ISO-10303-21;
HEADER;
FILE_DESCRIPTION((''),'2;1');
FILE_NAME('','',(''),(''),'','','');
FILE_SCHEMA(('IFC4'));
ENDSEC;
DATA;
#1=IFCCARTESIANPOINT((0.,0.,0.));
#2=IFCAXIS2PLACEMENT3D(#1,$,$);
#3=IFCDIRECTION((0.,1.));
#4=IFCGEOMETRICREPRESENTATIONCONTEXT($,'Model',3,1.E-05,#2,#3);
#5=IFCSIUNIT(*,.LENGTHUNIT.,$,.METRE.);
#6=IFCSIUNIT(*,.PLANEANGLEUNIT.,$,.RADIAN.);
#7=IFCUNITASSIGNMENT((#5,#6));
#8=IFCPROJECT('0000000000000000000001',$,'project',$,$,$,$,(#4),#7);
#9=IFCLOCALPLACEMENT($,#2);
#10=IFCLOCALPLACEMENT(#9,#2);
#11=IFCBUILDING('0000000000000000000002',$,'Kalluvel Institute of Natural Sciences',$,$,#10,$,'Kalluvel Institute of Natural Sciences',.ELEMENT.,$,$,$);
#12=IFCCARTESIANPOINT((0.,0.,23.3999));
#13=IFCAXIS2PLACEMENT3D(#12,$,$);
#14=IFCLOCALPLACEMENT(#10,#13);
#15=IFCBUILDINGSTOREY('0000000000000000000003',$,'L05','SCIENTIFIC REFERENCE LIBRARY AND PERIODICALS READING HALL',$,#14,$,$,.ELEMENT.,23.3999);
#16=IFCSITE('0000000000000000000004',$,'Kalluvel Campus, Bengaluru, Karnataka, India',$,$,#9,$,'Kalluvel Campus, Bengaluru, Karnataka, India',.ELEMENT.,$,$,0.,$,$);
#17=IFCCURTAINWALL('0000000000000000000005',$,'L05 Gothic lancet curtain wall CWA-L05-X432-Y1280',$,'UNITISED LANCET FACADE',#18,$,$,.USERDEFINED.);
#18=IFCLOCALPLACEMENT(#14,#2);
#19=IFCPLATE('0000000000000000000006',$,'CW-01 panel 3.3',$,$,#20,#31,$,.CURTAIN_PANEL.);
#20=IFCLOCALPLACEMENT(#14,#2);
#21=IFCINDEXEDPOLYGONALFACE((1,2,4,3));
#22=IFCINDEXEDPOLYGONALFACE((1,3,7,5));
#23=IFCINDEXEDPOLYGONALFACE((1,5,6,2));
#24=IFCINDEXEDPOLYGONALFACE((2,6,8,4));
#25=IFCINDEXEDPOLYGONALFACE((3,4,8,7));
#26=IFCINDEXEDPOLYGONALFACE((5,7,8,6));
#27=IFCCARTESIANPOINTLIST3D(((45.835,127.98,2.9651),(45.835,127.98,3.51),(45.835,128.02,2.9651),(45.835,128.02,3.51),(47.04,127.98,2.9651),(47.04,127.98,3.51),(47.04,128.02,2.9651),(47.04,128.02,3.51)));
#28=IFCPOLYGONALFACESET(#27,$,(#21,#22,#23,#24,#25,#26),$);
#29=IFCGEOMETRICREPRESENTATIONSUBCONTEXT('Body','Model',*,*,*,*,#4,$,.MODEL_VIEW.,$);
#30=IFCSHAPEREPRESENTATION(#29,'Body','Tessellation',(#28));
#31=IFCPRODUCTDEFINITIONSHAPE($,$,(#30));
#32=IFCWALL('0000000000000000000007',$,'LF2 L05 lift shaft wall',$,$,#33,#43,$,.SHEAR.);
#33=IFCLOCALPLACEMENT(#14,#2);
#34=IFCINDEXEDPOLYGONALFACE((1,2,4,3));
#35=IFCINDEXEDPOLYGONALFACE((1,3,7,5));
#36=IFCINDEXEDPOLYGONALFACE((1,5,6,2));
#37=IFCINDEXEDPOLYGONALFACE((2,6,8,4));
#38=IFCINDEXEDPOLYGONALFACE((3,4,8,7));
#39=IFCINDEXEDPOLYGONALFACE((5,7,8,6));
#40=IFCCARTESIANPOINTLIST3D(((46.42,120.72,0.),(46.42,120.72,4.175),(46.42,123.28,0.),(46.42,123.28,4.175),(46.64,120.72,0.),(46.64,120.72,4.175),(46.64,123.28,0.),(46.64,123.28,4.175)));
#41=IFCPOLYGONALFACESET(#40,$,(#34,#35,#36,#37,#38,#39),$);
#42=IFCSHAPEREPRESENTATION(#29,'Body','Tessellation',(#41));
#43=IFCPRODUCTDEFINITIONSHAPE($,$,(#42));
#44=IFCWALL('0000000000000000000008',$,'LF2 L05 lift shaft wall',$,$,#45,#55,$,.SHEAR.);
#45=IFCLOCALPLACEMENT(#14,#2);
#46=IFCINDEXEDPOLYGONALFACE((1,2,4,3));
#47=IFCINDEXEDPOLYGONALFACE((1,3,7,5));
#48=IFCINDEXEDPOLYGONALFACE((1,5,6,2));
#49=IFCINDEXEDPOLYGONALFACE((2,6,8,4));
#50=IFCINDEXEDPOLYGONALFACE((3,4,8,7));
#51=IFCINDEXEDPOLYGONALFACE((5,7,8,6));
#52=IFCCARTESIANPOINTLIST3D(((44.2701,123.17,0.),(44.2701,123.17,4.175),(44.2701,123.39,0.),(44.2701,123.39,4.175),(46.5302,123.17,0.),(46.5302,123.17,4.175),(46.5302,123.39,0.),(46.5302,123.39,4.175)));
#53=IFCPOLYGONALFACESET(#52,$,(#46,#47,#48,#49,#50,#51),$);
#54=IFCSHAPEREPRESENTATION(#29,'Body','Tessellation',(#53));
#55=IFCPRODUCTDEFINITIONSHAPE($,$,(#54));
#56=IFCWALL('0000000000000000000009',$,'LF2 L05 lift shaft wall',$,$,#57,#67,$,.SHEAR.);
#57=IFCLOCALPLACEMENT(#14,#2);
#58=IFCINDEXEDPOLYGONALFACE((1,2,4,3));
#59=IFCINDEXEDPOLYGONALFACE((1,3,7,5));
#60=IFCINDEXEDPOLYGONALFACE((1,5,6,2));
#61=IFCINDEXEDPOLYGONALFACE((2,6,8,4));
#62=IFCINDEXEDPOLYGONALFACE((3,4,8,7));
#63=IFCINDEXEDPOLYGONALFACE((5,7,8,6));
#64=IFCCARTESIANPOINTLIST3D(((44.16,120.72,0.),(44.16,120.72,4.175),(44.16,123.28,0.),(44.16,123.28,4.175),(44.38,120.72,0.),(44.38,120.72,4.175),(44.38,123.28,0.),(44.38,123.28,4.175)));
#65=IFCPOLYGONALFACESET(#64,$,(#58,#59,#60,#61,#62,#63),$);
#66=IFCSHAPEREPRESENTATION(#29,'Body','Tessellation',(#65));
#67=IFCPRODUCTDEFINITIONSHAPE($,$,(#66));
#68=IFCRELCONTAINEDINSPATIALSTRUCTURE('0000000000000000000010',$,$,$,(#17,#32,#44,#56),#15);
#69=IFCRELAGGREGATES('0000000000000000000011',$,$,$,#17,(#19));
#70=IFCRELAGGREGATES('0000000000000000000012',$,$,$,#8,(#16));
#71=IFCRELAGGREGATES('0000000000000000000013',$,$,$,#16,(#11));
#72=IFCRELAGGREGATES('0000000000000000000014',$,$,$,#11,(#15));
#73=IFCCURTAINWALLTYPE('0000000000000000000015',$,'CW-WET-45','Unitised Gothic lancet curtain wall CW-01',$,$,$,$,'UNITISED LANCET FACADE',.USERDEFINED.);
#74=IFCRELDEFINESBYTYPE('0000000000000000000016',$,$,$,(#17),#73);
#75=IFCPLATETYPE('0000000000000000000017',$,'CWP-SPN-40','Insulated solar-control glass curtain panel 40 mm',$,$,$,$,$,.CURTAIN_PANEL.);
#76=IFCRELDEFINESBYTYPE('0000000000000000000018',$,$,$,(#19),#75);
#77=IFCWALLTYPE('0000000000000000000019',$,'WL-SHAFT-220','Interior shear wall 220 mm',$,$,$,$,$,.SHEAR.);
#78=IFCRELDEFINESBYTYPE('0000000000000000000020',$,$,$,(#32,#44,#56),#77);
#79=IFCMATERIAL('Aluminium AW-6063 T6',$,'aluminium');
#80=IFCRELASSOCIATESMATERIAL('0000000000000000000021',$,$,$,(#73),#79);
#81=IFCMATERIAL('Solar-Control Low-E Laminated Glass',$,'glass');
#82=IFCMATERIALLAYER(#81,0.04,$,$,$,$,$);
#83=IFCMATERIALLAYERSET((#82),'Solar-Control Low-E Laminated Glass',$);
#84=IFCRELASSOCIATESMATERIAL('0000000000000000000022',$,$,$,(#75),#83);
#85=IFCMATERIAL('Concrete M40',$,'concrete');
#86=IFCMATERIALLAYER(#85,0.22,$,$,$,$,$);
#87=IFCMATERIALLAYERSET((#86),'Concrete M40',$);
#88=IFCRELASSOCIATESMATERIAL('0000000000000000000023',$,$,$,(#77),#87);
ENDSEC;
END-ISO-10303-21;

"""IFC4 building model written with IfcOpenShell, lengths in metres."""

from ifc_helpers import new_model, si_unit, direction, frame, frame_2d, origin, origin_2d, place, context, subcontext, project, spatial, rectangle, extrude, material, layer, layer_set, type_object, element, aggregate, save


model = new_model("IFC4")

# Units and contexts
model_context = context("Model", 3, precision=1e-05, world=origin(), true_north=direction((0.0, 1.0)))
body_context = subcontext(model_context, "Body", "Model", "MODEL_VIEW")
ifc_project = project(units=[si_unit("LENGTHUNIT", "METRE"), si_unit("PLANEANGLEUNIT", "RADIAN")], contexts=[model_context])

# Site, building, storey
site_placement = place(None, origin())
site = spatial("IfcSite", under=ifc_project, at=site_placement, Name="Kalluvel Campus, Bengaluru, Karnataka, India", LongName="Kalluvel Campus, Bengaluru, Karnataka, India", CompositionType="ELEMENT", RefElevation=0.0)
building_placement = place(site_placement, origin())
building = spatial("IfcBuilding", under=site, at=building_placement, Name="Kalluvel Institute of Natural Sciences", LongName="Kalluvel Institute of Natural Sciences", CompositionType="ELEMENT")
storey_placement = place(building_placement, frame((0.0, 0.0, 23.3999)))
storey = spatial("IfcBuildingStorey", under=building, at=storey_placement, Name="L05", Description="SCIENTIFIC REFERENCE LIBRARY AND PERIODICALS READING HALL", CompositionType="ELEMENT", Elevation=23.3999)

# Curtain wall, plate
ifc_material_1 = material(Name="Aluminium AW-6063 T6", Category="aluminium")
curtain_wall_type = type_object("IfcCurtainWallType", Name="CW-WET-45", Description="Unitised Gothic lancet curtain wall CW-01", ElementType="UNITISED LANCET FACADE", PredefinedType="USERDEFINED", material=ifc_material_1)
curtain_wall_placement = place(storey_placement, origin())
curtain_wall = element("IfcCurtainWall", 1, at=curtain_wall_placement, inside=storey, type_object=curtain_wall_type, Name="L05 Gothic lancet curtain wall CWA-L05-X432-Y1280", ObjectType="UNITISED LANCET FACADE", PredefinedType="USERDEFINED")
ifc_material_2 = material(Name="Solar-Control Low-E Laminated Glass", Category="glass")
ifc_layer_1 = layer(ifc_material_2, 0.04)
ifc_layer_set_1 = layer_set([ifc_layer_1], Name="Solar-Control Low-E Laminated Glass")
plate_type = type_object("IfcPlateType", Name="CWP-SPN-40", Description="Insulated solar-control glass curtain panel 40 mm", PredefinedType="CURTAIN_PANEL", material=ifc_layer_set_1)
plate_1_placement = place(storey_placement, frame((46.4375, 128.0, 2.9651), z_axis=(0.0, 0.0, 1.0), x_axis=(1.0, 0.0, 0.0)))
plate_1 = element("IfcPlate", 2, at=plate_1_placement, type_object=plate_type, Name="CW-01 panel 3.3", PredefinedType="CURTAIN_PANEL", context=body_context, shape_type="SweptSolid", body=[
    extrude(rectangle(XDim=1.2051, YDim=0.04, at=origin_2d()), origin(), (0.0, 0.0, 1.0), 0.5449),
])
aggregate(curtain_wall, [plate_1])

# Shared definitions
ifc_material_3 = material(Name="Concrete M40", Category="concrete")
ifc_layer_2 = layer(ifc_material_3, 0.22)
ifc_layer_set_2 = layer_set([ifc_layer_2], Name="Concrete M40")
wall_type = type_object("IfcWallType", Name="WL-SHAFT-220", Description="Interior shear wall 220 mm", PredefinedType="SHEAR", material=ifc_layer_set_2)

# Walls
wall_1_placement = place(storey_placement, frame((46.53, 120.72, 0.0), z_axis=(0.0, 0.0, 1.0), x_axis=(0.0, 1.0, 0.0)))
element("IfcWall", 3, at=wall_1_placement, inside=storey, type_object=wall_type, Name="LF2 L05 lift shaft wall", PredefinedType="SHEAR", context=body_context, shape_type="SweptSolid", body=[
    extrude(rectangle(XDim=2.5601, YDim=0.22, at=frame_2d((1.28, 0.0))), origin(), (0.0, 0.0, 1.0), 4.175),
])
wall_2_placement = place(storey_placement, frame((46.53, 123.28, 0.0), z_axis=(0.0, 0.0, 1.0), x_axis=(-1.0, 0.0, 0.0)))
element("IfcWall", 4, at=wall_2_placement, inside=storey, type_object=wall_type, Name="LF2 L05 lift shaft wall", PredefinedType="SHEAR", context=body_context, shape_type="SweptSolid", body=[
    extrude(rectangle(XDim=2.26, YDim=0.22, at=frame_2d((1.1299, 0.0))), origin(), (0.0, 0.0, 1.0), 4.175),
])
wall_3_placement = place(storey_placement, frame((44.27, 123.28, 0.0), z_axis=(0.0, 0.0, 1.0), x_axis=(0.0, -1.0, 0.0)))
element("IfcWall", 5, at=wall_3_placement, inside=storey, type_object=wall_type, Name="LF2 L05 lift shaft wall", PredefinedType="SHEAR", context=body_context, shape_type="SweptSolid", body=[
    extrude(rectangle(XDim=2.5601, YDim=0.22, at=frame_2d((1.28, 0.0))), origin(), (0.0, 0.0, 1.0), 4.175),
])

save(model, "model.ifc")
